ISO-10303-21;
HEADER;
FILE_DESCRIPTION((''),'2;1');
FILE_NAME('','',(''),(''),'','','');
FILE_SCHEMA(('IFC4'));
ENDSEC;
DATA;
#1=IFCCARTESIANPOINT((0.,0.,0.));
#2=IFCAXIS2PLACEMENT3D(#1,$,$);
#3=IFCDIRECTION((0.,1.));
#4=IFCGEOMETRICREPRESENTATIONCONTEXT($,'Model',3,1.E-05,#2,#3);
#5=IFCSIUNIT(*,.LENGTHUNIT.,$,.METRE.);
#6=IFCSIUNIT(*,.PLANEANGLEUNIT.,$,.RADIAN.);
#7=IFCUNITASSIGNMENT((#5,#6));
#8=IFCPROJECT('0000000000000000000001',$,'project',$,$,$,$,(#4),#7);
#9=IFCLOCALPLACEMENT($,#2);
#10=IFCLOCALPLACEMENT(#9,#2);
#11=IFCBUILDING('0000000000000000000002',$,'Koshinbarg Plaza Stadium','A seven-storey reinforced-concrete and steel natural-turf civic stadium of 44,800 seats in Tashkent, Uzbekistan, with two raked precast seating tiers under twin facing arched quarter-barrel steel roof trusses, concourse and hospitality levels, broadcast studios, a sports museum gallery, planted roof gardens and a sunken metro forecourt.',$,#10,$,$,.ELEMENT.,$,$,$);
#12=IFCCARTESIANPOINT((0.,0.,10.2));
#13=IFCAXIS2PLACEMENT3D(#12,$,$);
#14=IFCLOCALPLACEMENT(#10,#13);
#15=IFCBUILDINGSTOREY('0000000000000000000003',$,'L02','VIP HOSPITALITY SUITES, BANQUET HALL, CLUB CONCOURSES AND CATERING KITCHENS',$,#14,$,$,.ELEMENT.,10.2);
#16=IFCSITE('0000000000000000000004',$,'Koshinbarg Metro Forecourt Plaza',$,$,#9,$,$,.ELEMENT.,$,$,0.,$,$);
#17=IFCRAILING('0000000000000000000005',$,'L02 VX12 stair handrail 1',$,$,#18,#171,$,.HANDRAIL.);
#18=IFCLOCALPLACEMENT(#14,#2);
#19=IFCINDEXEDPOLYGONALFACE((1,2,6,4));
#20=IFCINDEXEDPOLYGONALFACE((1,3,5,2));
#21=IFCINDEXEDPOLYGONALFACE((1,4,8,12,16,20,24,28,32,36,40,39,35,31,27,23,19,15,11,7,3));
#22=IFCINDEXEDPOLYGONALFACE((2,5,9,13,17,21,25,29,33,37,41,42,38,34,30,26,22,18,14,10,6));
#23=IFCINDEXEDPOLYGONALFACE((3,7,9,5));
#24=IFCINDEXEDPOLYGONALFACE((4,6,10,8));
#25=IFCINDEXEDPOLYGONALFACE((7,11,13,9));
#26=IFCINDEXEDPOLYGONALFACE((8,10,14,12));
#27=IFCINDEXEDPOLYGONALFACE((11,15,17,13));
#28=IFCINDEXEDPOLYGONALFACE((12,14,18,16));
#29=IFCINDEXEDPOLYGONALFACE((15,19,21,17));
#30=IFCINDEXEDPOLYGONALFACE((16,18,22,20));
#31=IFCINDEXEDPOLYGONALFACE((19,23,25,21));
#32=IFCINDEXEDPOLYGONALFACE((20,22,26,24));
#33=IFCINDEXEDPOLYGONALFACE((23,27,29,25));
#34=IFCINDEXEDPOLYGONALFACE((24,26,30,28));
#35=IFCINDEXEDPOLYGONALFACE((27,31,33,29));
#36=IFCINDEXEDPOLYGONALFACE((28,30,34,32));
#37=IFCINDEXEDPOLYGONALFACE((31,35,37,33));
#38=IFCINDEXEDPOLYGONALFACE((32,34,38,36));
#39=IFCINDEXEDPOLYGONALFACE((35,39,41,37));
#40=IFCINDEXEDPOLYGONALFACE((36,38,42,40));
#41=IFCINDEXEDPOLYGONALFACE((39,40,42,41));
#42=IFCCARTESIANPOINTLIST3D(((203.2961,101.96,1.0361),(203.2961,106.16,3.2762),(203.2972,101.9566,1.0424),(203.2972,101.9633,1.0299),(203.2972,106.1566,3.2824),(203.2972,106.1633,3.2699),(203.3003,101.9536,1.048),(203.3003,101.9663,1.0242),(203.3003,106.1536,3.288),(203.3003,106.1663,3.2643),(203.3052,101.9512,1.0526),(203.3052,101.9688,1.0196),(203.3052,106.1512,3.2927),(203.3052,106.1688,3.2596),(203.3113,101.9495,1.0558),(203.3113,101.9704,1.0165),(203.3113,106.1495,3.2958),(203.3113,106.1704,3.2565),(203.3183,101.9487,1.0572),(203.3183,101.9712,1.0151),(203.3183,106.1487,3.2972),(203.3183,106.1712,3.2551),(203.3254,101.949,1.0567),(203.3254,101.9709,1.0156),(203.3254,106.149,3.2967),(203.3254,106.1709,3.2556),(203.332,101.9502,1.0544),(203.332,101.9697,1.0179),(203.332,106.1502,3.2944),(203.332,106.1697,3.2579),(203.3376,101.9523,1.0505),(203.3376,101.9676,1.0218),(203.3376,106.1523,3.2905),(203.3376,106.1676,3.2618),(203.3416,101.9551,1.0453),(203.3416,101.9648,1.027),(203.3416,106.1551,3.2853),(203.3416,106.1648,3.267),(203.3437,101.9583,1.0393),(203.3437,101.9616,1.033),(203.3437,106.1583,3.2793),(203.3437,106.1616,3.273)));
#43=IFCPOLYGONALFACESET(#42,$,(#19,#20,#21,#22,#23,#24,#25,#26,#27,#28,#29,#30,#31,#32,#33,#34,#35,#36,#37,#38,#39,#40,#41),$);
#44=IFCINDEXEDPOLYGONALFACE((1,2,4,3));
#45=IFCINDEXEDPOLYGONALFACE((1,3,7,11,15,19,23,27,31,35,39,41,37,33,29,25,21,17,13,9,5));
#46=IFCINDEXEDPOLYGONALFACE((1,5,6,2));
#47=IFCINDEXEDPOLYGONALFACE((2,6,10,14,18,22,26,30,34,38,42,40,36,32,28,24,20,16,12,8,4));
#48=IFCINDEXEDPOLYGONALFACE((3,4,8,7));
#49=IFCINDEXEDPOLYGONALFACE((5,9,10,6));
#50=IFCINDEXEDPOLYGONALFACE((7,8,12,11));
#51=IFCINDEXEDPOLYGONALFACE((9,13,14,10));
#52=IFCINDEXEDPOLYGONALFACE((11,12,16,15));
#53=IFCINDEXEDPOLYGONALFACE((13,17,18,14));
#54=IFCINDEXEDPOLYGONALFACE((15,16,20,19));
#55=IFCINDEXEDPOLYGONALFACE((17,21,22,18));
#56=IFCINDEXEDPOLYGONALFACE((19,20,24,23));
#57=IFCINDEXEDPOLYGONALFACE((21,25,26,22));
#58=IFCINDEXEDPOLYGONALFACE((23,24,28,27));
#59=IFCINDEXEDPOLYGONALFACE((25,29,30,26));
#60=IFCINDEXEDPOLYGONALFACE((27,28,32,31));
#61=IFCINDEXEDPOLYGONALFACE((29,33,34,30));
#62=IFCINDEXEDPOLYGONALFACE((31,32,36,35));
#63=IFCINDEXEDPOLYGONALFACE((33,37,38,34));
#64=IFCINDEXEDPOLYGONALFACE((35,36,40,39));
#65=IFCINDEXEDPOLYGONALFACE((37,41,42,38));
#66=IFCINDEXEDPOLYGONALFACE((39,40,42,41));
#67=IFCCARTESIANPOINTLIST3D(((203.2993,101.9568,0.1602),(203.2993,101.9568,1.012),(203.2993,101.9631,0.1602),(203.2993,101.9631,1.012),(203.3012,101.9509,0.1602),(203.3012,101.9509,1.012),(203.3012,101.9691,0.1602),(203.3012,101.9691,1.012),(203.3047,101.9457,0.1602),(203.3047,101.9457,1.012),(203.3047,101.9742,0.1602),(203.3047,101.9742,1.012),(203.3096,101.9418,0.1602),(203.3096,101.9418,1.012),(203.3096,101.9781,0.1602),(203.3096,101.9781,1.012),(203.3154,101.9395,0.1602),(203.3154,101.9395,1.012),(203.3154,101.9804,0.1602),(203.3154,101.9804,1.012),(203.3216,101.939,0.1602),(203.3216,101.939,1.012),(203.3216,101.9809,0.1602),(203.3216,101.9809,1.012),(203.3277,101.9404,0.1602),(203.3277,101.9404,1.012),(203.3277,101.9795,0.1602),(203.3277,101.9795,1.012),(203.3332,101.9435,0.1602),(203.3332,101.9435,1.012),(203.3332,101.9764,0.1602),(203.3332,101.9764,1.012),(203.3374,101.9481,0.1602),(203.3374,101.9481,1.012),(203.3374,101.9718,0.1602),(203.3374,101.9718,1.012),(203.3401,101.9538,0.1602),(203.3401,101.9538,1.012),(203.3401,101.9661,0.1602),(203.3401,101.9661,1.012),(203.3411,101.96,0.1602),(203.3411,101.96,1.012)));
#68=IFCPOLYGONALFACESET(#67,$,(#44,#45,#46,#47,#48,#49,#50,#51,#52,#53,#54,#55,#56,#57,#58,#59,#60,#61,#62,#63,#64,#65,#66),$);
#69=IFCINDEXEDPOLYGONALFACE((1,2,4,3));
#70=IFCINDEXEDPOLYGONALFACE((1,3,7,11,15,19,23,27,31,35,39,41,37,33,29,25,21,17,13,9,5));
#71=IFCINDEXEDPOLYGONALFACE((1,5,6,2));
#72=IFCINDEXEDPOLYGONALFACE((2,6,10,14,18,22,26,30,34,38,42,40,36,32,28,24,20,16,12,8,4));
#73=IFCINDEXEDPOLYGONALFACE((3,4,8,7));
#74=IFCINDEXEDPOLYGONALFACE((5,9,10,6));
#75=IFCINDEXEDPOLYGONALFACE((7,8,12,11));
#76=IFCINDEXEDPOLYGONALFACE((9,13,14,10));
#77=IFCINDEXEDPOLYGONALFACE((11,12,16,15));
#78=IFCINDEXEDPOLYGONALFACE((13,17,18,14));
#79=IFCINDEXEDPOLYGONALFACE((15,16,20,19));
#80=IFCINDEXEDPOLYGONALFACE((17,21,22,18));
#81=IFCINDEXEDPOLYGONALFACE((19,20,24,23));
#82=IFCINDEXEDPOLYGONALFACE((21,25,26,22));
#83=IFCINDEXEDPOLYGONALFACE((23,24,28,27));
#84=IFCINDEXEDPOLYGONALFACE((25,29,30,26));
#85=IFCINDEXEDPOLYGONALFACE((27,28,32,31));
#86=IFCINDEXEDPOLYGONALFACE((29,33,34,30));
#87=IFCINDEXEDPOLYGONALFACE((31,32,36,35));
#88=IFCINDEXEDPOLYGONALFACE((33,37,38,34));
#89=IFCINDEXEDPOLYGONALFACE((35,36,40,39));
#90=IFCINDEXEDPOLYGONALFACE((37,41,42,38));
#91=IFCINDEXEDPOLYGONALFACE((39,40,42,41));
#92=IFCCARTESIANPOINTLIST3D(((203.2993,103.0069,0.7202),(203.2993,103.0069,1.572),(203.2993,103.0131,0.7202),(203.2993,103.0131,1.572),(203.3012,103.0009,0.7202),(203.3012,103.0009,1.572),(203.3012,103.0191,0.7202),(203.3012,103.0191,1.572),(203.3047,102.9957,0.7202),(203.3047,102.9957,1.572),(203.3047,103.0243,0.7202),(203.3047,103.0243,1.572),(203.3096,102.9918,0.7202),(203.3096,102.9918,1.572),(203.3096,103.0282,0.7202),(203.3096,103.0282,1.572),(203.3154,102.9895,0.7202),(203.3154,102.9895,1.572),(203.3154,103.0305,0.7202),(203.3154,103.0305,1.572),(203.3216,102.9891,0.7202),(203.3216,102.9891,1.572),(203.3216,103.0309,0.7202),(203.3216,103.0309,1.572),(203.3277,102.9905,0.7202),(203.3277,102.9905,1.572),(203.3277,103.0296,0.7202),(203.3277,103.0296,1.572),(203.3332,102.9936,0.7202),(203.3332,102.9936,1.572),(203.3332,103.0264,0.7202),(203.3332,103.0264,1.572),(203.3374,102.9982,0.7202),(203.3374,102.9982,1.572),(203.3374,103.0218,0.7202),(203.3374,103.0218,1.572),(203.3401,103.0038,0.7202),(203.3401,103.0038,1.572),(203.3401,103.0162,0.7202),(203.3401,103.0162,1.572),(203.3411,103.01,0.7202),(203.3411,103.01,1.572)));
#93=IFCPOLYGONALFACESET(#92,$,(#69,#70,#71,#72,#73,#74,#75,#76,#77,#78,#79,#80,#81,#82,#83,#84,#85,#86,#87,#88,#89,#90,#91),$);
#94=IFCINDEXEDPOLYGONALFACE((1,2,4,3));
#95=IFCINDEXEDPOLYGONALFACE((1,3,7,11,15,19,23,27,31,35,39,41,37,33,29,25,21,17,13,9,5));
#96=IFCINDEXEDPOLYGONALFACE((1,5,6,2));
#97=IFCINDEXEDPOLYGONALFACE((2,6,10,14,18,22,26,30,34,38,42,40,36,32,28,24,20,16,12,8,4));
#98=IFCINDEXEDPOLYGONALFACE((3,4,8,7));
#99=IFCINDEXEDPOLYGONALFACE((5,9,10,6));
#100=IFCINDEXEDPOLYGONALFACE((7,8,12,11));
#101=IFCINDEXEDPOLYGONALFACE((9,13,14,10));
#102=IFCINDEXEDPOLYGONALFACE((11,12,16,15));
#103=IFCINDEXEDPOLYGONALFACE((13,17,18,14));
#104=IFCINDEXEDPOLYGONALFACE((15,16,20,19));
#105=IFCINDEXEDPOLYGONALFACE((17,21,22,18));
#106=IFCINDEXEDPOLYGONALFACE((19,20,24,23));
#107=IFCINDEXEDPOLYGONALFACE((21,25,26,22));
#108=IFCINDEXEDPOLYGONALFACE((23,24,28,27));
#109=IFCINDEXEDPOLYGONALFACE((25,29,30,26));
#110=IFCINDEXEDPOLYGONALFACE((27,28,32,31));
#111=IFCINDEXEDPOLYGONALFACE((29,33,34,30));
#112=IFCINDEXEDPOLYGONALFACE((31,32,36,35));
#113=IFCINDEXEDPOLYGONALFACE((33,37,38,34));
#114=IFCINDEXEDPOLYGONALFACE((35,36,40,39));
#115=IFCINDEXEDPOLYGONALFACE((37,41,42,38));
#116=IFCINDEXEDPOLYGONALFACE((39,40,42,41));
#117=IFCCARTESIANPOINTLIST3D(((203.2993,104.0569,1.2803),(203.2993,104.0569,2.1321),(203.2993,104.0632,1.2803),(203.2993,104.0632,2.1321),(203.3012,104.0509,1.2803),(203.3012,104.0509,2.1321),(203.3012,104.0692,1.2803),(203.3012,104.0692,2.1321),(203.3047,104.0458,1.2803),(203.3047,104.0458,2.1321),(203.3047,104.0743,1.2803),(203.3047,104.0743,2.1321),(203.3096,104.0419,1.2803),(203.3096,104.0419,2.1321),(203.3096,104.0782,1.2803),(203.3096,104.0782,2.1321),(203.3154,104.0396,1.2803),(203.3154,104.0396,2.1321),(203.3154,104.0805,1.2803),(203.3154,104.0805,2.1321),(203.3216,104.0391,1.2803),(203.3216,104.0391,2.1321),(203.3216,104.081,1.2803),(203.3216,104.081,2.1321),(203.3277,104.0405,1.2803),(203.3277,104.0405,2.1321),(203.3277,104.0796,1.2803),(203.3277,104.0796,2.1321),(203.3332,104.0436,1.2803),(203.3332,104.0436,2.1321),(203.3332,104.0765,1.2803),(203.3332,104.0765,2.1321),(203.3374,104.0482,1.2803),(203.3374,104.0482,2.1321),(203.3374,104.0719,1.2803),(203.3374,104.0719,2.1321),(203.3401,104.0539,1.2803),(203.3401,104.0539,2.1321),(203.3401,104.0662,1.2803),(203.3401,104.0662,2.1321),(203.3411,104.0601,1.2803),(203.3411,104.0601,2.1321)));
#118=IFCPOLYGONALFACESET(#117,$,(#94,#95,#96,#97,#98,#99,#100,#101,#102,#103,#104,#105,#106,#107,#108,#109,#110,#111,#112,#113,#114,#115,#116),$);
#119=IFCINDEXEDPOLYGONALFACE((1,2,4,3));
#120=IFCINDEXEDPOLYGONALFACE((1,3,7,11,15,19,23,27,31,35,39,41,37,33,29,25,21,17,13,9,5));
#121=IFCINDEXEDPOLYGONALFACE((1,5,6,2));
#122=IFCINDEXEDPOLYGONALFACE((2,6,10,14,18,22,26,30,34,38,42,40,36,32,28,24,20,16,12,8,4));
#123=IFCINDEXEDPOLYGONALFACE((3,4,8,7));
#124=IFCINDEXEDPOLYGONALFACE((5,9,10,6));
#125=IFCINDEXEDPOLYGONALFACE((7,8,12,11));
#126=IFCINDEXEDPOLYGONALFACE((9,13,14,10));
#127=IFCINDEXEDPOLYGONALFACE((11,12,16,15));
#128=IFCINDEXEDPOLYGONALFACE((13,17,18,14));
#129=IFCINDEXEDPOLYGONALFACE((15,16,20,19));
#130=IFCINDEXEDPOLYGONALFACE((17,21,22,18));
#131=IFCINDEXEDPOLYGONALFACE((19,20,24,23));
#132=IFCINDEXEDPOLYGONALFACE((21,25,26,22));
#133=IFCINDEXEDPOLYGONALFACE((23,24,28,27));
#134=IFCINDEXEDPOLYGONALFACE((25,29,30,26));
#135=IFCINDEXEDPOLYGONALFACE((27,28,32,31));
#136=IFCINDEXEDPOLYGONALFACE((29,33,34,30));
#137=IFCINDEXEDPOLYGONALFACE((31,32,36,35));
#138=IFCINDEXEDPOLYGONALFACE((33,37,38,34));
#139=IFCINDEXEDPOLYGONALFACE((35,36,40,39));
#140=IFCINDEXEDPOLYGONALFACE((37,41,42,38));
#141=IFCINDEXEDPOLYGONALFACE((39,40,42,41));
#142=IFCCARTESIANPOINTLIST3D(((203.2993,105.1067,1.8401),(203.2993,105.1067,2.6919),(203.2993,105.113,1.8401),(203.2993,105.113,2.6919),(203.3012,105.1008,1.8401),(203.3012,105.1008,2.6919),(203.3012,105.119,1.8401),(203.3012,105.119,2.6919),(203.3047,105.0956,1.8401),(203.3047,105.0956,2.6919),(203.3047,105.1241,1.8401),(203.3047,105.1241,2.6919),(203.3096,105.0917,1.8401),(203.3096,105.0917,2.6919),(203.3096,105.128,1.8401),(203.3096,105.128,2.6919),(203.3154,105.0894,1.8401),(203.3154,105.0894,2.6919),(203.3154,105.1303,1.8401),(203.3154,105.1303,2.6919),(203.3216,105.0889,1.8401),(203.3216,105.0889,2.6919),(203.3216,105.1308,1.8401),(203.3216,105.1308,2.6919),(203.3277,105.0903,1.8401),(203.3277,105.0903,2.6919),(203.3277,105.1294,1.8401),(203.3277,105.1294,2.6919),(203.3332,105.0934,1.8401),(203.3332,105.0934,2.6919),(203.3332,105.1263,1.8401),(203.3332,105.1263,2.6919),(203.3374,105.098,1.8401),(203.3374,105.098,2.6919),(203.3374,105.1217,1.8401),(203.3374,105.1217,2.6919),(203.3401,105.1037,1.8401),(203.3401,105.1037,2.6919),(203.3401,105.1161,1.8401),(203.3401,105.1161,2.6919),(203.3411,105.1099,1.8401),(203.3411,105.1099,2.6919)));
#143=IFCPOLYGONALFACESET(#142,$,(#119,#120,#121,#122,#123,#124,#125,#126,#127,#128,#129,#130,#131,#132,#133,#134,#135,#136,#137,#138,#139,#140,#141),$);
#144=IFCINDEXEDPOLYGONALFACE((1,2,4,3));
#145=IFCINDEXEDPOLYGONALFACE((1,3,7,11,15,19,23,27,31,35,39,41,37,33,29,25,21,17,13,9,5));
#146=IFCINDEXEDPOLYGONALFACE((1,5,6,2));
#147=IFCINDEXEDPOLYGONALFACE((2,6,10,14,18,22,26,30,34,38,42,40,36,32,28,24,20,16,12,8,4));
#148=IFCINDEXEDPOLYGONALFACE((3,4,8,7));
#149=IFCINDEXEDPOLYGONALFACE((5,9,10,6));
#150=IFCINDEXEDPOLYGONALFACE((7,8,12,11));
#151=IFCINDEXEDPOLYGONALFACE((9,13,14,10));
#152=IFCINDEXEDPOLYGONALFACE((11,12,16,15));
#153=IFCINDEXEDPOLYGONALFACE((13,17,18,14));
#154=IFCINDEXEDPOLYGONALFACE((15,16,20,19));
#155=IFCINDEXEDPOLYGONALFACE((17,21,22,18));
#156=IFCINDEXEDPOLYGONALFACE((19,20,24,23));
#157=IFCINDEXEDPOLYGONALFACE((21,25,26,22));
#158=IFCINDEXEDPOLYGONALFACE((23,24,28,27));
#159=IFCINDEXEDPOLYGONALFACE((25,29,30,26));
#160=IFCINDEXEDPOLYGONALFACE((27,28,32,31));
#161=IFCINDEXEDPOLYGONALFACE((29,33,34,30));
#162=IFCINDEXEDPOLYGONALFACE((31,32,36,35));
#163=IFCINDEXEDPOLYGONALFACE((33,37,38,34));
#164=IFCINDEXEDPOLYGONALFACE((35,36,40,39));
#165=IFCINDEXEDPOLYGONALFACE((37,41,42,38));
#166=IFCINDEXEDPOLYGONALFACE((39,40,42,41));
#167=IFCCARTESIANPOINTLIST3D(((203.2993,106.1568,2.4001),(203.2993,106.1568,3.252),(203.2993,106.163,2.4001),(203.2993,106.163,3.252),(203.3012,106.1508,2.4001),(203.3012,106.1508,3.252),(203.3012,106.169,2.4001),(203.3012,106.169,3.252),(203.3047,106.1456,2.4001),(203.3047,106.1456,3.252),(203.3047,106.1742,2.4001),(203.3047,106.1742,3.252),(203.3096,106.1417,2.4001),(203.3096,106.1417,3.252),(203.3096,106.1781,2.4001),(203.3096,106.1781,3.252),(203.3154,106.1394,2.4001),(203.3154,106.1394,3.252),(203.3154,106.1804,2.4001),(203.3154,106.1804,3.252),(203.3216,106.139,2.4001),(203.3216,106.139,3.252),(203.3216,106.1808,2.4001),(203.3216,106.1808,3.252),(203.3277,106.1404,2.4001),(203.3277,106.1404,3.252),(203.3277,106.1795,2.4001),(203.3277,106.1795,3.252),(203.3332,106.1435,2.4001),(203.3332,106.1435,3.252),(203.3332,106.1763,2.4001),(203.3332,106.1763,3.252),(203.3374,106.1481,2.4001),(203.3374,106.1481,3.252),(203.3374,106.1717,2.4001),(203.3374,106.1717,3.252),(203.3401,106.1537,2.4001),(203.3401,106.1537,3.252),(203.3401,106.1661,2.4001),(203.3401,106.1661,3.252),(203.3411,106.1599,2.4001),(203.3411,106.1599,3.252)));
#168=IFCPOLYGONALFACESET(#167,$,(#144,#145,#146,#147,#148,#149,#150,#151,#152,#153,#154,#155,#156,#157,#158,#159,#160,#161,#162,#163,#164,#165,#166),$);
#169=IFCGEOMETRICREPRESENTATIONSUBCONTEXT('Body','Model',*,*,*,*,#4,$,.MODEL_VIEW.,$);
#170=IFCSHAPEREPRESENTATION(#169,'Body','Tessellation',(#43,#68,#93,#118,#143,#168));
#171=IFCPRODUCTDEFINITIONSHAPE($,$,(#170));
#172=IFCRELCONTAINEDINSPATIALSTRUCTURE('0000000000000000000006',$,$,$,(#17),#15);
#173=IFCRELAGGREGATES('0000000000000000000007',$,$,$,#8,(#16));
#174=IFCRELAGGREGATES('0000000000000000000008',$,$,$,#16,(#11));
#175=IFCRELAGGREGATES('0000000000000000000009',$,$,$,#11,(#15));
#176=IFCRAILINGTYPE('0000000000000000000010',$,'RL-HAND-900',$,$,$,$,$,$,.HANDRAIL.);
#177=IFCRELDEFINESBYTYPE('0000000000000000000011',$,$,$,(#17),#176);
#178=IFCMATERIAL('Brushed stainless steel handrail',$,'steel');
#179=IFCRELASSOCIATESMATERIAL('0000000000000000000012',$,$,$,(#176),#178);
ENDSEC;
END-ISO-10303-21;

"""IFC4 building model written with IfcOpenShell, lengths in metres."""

from ifc_helpers import new_model, si_unit, direction, frame, origin, origin_2d, place, context, subcontext, project, spatial, circle, extrude, material, type_object, element, save


model = new_model("IFC4")

# Units and contexts
model_context = context("Model", 3, precision=1e-05, world=origin(), true_north=direction((0.0, 1.0)))
body_context = subcontext(model_context, "Body", "Model", "MODEL_VIEW")
ifc_project = project(units=[si_unit("LENGTHUNIT", "METRE"), si_unit("PLANEANGLEUNIT", "RADIAN")], contexts=[model_context])

# Site, building, storey
site_placement = place(None, origin())
site = spatial("IfcSite", under=ifc_project, at=site_placement, Name="Koshinbarg Metro Forecourt Plaza", CompositionType="ELEMENT", RefElevation=0.0)
building_placement = place(site_placement, origin())
building = spatial("IfcBuilding", under=site, at=building_placement, Name="Koshinbarg Plaza Stadium", Description="A seven-storey reinforced-concrete and steel natural-turf civic stadium of 44,800 seats in Tashkent, Uzbekistan, with two raked precast seating tiers under twin facing arched quarter-barrel steel roof trusses, concourse and hospitality levels, broadcast studios, a sports museum gallery, planted roof gardens and a sunken metro forecourt.", CompositionType="ELEMENT")
storey_placement = place(building_placement, frame((0.0, 0.0, 10.2)))
storey = spatial("IfcBuildingStorey", under=building, at=storey_placement, Name="L02", Description="VIP HOSPITALITY SUITES, BANQUET HALL, CLUB CONCOURSES AND CATERING KITCHENS", CompositionType="ELEMENT", Elevation=10.2)

# Railing
ifc_material_1 = material(Name="Brushed stainless steel handrail", Category="steel")
railing_type_1 = type_object("IfcRailingType", Name="RL-HAND-900", PredefinedType="HANDRAIL", material=ifc_material_1)
railing_1_placement = place(storey_placement, frame((203.3201, 101.96, 0.1602)))
element("IfcRailing", 1, at=railing_1_placement, inside=storey, type_object=railing_type_1, Name="L02 VX12 stair handrail 1", PredefinedType="HANDRAIL", context=body_context, shape_type="SweptSolid", body=[
    extrude(circle(Radius=0.0239, at=origin_2d()), frame((0.0, 0.0, 0.876), z_axis=(0.0, 0.882352, 0.470591), x_axis=(-1.0, 0.0, 0.0)), (0.0, 0.0, 1.0), 4.76),
    extrude(circle(Radius=0.021, at=origin_2d()), origin(), (0.0, 0.0, 1.0), 0.8518),
    extrude(circle(Radius=0.021, at=origin_2d()), frame((0.0, 1.05, 0.5601)), (0.0, 0.0, 1.0), 0.8518),
    extrude(circle(Radius=0.021, at=origin_2d()), frame((0.0, 2.1001, 1.1201)), (0.0, 0.0, 1.0), 0.8518),
    extrude(circle(Radius=0.021, at=origin_2d()), frame((0.0, 3.1499, 1.6799)), (0.0, 0.0, 1.0), 0.8518),
    extrude(circle(Radius=0.021, at=origin_2d()), frame((0.0, 4.2, 2.24)), (0.0, 0.0, 1.0), 0.8518),
])

save(model, "model.ifc")
